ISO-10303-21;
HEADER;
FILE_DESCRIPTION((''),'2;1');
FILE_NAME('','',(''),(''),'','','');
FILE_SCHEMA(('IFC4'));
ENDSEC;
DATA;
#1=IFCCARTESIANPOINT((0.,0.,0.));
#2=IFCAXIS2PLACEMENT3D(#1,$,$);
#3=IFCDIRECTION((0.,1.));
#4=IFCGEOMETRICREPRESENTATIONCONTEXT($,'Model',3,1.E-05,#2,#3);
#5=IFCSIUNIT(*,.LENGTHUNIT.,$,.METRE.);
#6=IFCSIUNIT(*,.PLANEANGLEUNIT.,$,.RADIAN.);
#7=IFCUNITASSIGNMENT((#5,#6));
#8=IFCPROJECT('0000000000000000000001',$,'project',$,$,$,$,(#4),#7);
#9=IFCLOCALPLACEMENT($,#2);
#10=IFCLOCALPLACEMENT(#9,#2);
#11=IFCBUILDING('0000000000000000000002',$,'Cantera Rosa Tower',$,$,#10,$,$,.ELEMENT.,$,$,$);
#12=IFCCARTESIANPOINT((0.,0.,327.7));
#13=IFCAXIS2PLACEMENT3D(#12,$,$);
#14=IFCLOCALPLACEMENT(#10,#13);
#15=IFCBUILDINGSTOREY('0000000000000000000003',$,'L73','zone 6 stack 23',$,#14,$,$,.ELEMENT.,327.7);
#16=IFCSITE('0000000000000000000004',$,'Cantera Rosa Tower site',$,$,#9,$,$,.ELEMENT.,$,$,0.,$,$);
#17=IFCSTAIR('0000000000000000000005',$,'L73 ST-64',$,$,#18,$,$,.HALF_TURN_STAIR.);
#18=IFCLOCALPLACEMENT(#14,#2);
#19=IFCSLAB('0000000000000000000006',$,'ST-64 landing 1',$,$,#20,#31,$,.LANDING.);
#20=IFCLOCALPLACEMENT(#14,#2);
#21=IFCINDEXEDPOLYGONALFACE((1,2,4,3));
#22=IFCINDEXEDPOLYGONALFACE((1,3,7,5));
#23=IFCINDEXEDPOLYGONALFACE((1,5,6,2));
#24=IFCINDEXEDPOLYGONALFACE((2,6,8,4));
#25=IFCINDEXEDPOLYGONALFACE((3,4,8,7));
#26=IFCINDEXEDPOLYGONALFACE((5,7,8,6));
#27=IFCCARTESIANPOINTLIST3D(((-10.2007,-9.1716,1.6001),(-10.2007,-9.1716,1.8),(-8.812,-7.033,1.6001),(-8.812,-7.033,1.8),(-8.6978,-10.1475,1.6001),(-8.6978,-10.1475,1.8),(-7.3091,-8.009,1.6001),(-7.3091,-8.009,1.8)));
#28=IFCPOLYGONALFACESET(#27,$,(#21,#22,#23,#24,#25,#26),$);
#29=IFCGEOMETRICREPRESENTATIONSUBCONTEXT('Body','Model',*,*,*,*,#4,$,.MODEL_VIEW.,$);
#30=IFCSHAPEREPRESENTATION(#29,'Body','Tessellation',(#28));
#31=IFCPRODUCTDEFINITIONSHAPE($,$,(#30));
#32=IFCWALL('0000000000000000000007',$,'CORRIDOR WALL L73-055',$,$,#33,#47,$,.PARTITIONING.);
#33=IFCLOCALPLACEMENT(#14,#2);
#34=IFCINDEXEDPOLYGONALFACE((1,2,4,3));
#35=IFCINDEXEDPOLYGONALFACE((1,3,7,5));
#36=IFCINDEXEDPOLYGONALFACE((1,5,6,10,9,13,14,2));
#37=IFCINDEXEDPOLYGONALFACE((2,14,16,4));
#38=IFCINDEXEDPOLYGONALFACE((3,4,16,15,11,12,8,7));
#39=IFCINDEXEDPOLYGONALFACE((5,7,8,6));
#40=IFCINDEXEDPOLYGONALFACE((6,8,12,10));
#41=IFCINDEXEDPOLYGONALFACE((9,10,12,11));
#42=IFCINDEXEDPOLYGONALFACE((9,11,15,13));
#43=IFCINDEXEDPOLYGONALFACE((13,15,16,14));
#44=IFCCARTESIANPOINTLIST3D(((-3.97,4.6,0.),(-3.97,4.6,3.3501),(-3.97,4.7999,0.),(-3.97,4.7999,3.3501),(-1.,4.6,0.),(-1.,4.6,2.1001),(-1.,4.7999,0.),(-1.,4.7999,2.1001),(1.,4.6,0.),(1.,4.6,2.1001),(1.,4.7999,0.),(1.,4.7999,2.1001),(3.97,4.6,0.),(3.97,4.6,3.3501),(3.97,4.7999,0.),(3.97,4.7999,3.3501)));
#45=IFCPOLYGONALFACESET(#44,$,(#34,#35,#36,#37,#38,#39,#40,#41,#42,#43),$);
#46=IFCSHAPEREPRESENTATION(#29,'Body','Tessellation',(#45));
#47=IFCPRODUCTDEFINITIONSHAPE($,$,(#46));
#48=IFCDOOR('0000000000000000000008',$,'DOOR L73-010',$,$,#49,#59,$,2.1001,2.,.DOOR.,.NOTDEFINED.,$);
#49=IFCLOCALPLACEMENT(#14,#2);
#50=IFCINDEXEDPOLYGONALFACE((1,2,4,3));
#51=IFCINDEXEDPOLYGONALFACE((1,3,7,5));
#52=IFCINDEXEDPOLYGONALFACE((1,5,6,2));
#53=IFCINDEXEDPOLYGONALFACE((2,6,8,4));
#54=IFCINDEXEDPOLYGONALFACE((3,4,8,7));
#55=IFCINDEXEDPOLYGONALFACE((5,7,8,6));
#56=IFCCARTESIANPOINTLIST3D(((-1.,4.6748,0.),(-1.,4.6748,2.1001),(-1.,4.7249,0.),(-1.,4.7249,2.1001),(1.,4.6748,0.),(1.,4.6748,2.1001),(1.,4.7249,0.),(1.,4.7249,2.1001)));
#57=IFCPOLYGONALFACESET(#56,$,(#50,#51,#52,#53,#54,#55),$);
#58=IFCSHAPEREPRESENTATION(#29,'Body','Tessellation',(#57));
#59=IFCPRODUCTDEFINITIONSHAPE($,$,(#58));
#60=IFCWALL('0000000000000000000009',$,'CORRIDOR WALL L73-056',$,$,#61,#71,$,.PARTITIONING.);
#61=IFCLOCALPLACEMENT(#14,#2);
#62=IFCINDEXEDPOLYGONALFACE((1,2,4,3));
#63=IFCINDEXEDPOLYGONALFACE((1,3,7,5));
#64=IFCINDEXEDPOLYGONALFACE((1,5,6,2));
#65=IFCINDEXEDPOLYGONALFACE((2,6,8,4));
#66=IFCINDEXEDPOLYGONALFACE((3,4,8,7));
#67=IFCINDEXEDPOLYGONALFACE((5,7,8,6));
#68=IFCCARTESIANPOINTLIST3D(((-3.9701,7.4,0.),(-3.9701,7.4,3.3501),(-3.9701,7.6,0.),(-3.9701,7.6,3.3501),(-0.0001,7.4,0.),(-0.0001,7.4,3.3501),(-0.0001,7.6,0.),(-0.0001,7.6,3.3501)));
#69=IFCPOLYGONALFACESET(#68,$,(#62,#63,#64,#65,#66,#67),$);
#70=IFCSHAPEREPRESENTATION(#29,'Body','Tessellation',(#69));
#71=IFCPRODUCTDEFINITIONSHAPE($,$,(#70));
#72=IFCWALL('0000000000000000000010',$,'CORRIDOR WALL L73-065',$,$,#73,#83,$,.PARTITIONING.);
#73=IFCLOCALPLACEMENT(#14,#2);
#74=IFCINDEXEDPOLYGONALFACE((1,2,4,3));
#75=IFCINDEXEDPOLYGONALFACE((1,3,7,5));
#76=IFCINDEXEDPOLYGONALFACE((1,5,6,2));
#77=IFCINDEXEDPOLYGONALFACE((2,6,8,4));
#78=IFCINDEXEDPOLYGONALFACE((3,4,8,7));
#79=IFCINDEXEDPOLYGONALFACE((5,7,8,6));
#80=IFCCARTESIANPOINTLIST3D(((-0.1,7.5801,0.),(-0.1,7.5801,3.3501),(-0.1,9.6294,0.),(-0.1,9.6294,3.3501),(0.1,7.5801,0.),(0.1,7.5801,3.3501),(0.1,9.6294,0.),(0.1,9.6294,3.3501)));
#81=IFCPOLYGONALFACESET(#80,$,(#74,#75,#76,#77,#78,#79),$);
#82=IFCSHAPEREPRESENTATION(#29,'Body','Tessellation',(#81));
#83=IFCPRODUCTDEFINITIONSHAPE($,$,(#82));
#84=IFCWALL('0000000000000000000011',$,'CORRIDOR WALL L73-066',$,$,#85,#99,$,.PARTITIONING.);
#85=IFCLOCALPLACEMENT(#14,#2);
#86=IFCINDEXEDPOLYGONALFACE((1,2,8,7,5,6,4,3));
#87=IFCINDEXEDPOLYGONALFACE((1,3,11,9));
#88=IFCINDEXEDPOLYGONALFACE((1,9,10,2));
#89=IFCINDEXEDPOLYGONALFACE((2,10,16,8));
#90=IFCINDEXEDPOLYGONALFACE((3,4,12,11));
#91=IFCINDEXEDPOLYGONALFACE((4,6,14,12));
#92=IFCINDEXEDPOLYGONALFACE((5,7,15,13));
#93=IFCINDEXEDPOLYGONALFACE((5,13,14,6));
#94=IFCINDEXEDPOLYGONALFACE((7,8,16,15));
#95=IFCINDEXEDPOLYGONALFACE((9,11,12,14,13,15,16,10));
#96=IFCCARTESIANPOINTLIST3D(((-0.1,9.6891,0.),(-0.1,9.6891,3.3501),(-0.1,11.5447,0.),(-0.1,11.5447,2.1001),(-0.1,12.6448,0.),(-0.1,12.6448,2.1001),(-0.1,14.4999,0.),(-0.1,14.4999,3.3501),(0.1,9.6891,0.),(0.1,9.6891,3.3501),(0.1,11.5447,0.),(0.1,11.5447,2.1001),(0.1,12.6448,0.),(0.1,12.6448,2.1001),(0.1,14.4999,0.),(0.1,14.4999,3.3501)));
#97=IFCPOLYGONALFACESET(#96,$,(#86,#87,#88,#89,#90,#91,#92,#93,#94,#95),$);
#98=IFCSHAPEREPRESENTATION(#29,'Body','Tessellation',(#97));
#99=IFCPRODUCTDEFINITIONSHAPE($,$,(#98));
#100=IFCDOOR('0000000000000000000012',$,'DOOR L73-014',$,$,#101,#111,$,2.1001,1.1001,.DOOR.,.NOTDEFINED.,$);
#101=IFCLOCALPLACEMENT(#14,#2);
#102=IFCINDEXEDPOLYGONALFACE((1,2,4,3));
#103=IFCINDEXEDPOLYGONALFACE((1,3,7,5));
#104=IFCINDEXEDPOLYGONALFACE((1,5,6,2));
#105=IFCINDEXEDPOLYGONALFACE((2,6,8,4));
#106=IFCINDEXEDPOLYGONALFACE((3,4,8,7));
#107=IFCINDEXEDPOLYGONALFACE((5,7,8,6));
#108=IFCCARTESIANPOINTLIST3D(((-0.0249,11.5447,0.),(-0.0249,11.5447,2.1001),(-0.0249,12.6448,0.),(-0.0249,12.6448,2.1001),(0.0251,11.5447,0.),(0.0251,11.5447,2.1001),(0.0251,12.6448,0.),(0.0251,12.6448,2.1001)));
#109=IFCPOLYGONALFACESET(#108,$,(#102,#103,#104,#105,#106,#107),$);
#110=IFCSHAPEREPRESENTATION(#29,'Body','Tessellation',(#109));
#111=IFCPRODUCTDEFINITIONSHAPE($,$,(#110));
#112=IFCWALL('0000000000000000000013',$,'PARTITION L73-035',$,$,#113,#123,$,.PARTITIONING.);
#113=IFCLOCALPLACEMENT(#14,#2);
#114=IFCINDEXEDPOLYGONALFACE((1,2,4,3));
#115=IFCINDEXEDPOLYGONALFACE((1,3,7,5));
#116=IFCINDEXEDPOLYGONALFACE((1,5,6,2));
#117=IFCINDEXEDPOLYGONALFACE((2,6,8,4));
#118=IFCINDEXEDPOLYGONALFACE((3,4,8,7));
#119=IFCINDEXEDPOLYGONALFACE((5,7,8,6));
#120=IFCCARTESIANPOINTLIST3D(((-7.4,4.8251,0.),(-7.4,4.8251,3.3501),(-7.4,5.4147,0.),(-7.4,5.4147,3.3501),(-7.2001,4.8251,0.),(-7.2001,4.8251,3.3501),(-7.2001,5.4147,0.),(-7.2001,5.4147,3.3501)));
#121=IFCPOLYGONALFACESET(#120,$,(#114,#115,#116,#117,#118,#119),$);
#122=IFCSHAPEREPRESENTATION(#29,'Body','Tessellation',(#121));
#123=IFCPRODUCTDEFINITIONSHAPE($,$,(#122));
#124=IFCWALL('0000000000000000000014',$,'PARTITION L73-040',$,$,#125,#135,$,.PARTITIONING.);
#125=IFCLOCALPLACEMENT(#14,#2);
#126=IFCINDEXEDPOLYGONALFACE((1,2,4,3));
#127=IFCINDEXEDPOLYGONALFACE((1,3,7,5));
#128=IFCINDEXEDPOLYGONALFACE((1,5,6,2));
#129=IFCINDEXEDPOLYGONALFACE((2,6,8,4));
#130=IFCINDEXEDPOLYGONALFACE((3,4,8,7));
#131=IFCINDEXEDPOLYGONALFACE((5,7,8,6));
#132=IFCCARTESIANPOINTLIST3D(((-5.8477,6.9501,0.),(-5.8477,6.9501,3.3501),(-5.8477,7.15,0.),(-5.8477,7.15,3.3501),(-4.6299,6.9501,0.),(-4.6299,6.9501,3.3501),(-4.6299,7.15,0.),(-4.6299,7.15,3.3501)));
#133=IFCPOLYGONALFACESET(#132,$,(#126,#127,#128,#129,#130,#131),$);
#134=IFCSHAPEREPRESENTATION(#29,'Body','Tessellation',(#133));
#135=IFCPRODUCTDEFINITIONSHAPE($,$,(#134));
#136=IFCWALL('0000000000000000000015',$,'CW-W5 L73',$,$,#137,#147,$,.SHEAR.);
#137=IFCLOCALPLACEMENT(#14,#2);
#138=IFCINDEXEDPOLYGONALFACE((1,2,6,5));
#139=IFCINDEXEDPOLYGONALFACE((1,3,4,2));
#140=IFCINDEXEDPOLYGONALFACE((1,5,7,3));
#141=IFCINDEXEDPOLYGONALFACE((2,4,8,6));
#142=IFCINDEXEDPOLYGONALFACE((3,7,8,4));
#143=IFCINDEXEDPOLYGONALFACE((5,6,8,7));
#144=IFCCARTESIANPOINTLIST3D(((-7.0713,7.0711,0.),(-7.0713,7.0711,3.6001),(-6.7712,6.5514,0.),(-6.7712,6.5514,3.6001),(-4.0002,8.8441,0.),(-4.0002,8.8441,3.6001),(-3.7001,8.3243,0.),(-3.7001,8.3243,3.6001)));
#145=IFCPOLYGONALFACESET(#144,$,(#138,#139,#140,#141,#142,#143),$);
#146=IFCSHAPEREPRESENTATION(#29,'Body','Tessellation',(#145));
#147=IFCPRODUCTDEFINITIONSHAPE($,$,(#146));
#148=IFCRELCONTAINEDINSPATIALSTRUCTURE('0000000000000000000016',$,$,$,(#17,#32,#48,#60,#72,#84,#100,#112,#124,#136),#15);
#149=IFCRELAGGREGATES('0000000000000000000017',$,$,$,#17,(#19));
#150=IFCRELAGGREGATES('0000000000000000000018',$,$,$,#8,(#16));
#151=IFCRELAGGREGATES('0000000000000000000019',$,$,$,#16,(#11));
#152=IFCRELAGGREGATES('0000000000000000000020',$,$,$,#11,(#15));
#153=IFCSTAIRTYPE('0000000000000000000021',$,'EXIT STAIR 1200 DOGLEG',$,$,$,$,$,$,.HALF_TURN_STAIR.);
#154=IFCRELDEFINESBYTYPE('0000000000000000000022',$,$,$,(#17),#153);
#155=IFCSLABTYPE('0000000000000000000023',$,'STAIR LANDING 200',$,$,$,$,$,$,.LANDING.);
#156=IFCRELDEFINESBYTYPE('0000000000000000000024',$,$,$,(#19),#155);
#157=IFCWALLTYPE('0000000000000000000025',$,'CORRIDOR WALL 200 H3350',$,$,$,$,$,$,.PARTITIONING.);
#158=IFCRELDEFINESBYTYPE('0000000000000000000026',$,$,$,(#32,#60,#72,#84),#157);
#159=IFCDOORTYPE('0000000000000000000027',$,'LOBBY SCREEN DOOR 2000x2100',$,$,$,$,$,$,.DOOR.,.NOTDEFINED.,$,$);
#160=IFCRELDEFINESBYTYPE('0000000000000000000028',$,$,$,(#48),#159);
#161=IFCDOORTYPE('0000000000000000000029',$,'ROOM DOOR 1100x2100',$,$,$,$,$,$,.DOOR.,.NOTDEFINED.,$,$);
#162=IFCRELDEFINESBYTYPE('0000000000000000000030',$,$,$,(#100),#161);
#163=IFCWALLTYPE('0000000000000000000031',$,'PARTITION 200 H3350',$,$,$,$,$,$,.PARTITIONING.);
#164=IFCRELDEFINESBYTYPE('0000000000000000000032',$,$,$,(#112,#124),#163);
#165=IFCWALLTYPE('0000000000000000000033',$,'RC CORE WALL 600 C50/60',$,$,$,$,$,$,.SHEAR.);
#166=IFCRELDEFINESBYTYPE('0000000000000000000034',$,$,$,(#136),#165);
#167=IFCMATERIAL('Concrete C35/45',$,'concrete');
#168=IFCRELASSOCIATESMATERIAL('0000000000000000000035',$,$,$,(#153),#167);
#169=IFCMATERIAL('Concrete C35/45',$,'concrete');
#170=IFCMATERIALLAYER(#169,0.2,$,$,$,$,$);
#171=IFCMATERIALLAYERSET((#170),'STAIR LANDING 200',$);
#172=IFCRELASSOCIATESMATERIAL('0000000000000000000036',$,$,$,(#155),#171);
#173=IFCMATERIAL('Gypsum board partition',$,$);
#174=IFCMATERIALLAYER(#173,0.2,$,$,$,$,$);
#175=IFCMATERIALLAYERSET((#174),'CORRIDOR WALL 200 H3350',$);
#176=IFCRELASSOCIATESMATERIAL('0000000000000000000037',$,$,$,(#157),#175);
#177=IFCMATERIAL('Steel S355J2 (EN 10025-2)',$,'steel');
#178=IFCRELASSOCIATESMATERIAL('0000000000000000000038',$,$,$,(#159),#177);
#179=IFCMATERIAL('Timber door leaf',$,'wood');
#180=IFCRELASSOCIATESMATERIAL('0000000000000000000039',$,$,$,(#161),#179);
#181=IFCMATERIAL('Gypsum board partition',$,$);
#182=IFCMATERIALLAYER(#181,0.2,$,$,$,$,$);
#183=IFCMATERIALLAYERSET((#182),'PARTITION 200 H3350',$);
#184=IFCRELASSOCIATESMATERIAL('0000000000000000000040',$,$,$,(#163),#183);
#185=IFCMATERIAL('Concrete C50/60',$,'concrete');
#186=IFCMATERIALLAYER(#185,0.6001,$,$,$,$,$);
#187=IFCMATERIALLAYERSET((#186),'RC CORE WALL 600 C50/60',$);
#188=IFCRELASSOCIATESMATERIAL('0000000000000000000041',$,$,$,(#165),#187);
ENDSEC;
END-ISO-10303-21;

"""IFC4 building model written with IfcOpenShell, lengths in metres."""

from ifc_helpers import new_model, si_unit, direction, frame, frame_2d, origin, place, context, subcontext, project, spatial, polyline, rectangle, outline, extrude, material, layer, layer_set, type_object, element, fill, aggregate, save


model = new_model("IFC4")

# Units and contexts
model_context = context("Model", 3, precision=1e-05, world=origin(), true_north=direction((0.0, 1.0)))
body_context = subcontext(model_context, "Body", "Model", "MODEL_VIEW")
ifc_project = project(units=[si_unit("LENGTHUNIT", "METRE"), si_unit("PLANEANGLEUNIT", "RADIAN")], contexts=[model_context])

# Site, building, storey
site_placement = place(None, origin())
site = spatial("IfcSite", under=ifc_project, at=site_placement, Name="Cantera Rosa Tower site", CompositionType="ELEMENT", RefElevation=0.0)
building_placement = place(site_placement, origin())
building = spatial("IfcBuilding", under=site, at=building_placement, Name="Cantera Rosa Tower", CompositionType="ELEMENT")
storey_placement = place(building_placement, frame((0.0, 0.0, 327.7)))
storey = spatial("IfcBuildingStorey", under=building, at=storey_placement, Name="L73", Description="zone 6 stack 23", CompositionType="ELEMENT", Elevation=327.7)

# Stair, slab
ifc_material_1 = material(Name="Concrete C35/45", Category="concrete")
stair_type = type_object("IfcStairType", Name="EXIT STAIR 1200 DOGLEG", PredefinedType="HALF_TURN_STAIR", material=ifc_material_1)
stair_placement = place(storey_placement, origin())
stair = element("IfcStair", 1, at=stair_placement, inside=storey, type_object=stair_type, Name="L73 ST-64", PredefinedType="HALF_TURN_STAIR")
ifc_material_2 = material(Name="Concrete C35/45", Category="concrete")
ifc_layer_1 = layer(ifc_material_2, 0.2)
ifc_layer_set_1 = layer_set([ifc_layer_1], Name="STAIR LANDING 200")
slab_type = type_object("IfcSlabType", Name="STAIR LANDING 200", PredefinedType="LANDING", material=ifc_layer_set_1)
slab_placement = place(storey_placement, frame((0.0, 0.0, 1.6001)))
slab = element("IfcSlab", 2, at=slab_placement, type_object=slab_type, Name="ST-64 landing 1", PredefinedType="LANDING", context=body_context, shape_type="SweptSolid", body=[
    extrude(outline(polyline([(-7.3091, -8.009), (-8.812, -7.033), (-10.2007, -9.1716), (-8.6978, -10.1475), (-7.3091, -8.009)])), origin(), (0.0, 0.0, 1.0), 0.2),
])
aggregate(stair, [slab])

# Wall, opening, door
ifc_material_3 = material(Name="Gypsum board partition")
ifc_layer_2 = layer(ifc_material_3, 0.2)
ifc_layer_set_2 = layer_set([ifc_layer_2], Name="CORRIDOR WALL 200 H3350")
wall_type_1 = type_object("IfcWallType", Name="CORRIDOR WALL 200 H3350", PredefinedType="PARTITIONING", material=ifc_layer_set_2)
wall_1_placement = place(storey_placement, frame((-3.97, 4.7, 0.0), z_axis=(0.0, 0.0, 1.0), x_axis=(1.0, 0.0, 0.0)))
wall_1 = element("IfcWall", 3, at=wall_1_placement, inside=storey, type_object=wall_type_1, Name="CORRIDOR WALL L73-055", PredefinedType="PARTITIONING", context=body_context, shape_type="SweptSolid", body=[
    extrude(rectangle(XDim=7.9399, YDim=0.2, at=frame_2d((3.97, 0.0))), origin(), (0.0, 0.0, 1.0), 3.3501),
])
opening_1_placement = place(wall_1_placement, frame((2.97, 0.0, 0.0)))
opening_1 = element("IfcOpeningElement", 4, at=opening_1_placement, cuts=wall_1, PredefinedType="OPENING", context=body_context, shape_type="SweptSolid", body=[
    extrude(rectangle(XDim=2.0, YDim=2.1001, at=frame_2d((1.0, 1.05))), frame((0.0, 0.1099, 0.0), z_axis=(0.0, -1.0, 0.0), x_axis=(1.0, 0.0, 0.0)), (0.0, 0.0, 1.0), 0.22),
])
ifc_material_4 = material(Name="Steel S355J2 (EN 10025-2)", Category="steel")
door_type_1 = type_object("IfcDoorType", Name="LOBBY SCREEN DOOR 2000x2100", OperationType="NOTDEFINED", PredefinedType="DOOR", material=ifc_material_4)
door_1_placement = place(opening_1_placement, origin())
door_1 = element("IfcDoor", 5, at=door_1_placement, inside=storey, type_object=door_type_1, Name="DOOR L73-010", OperationType="NOTDEFINED", OverallHeight=2.1001, OverallWidth=2.0, PredefinedType="DOOR", context=body_context, shape_type="SweptSolid", body=[
    extrude(rectangle(XDim=2.0, YDim=2.1001, at=frame_2d((1.0, 1.05))), frame((0.0, 0.0249, 0.0), z_axis=(0.0, -1.0, 0.0), x_axis=(1.0, 0.0, 0.0)), (0.0, 0.0, 1.0), 0.05),
])
fill(opening_1, door_1)

# Walls
wall_2_placement = place(storey_placement, frame((-3.97, 7.5, 0.0), z_axis=(0.0, 0.0, 1.0), x_axis=(1.0, 0.0, 0.0)))
element("IfcWall", 6, at=wall_2_placement, inside=storey, type_object=wall_type_1, Name="CORRIDOR WALL L73-056", PredefinedType="PARTITIONING", context=body_context, shape_type="SweptSolid", body=[
    extrude(rectangle(XDim=3.97, YDim=0.2, at=frame_2d((1.9849, 0.0))), origin(), (0.0, 0.0, 1.0), 3.3501),
])
wall_3_placement = place(storey_placement, frame((0.0, 7.5801, 0.0), z_axis=(0.0, 0.0, 1.0), x_axis=(0.0, 1.0, 0.0)))
element("IfcWall", 7, at=wall_3_placement, inside=storey, type_object=wall_type_1, Name="CORRIDOR WALL L73-065", PredefinedType="PARTITIONING", context=body_context, shape_type="SweptSolid", body=[
    extrude(rectangle(XDim=2.0493, YDim=0.2, at=frame_2d((1.0247, 0.0))), origin(), (0.0, 0.0, 1.0), 3.3501),
])

# Wall, opening, door
wall_4_placement = place(storey_placement, frame((0.0, 9.6892, 0.0), z_axis=(0.0, 0.0, 1.0), x_axis=(0.0, 1.0, 0.0)))
wall_4 = element("IfcWall", 8, at=wall_4_placement, inside=storey, type_object=wall_type_1, Name="CORRIDOR WALL L73-066", PredefinedType="PARTITIONING", context=body_context, shape_type="SweptSolid", body=[
    extrude(rectangle(XDim=4.8108, YDim=0.2, at=frame_2d((2.4053, 0.0))), origin(), (0.0, 0.0, 1.0), 3.3501),
])
opening_2_placement = place(wall_4_placement, frame((1.8555, 0.0, 0.0)))
opening_2 = element("IfcOpeningElement", 9, at=opening_2_placement, cuts=wall_4, PredefinedType="OPENING", context=body_context, shape_type="SweptSolid", body=[
    extrude(rectangle(XDim=1.1001, YDim=2.1001, at=frame_2d((0.55, 1.05))), frame((0.0, 0.1099, 0.0), z_axis=(0.0, -1.0, 0.0), x_axis=(1.0, 0.0, 0.0)), (0.0, 0.0, 1.0), 0.22),
])
ifc_material_5 = material(Name="Timber door leaf", Category="wood")
door_type_2 = type_object("IfcDoorType", Name="ROOM DOOR 1100x2100", OperationType="NOTDEFINED", PredefinedType="DOOR", material=ifc_material_5)
door_2_placement = place(opening_2_placement, origin())
door_2 = element("IfcDoor", 10, at=door_2_placement, inside=storey, type_object=door_type_2, Name="DOOR L73-014", OperationType="NOTDEFINED", OverallHeight=2.1001, OverallWidth=1.1001, PredefinedType="DOOR", context=body_context, shape_type="SweptSolid", body=[
    extrude(rectangle(XDim=1.1001, YDim=2.1001, at=frame_2d((0.55, 1.05))), frame((0.0, 0.0249, 0.0), z_axis=(0.0, -1.0, 0.0), x_axis=(1.0, 0.0, 0.0)), (0.0, 0.0, 1.0), 0.05),
])
fill(opening_2, door_2)

# Walls
ifc_material_6 = material(Name="Gypsum board partition")
ifc_layer_3 = layer(ifc_material_6, 0.2)
ifc_layer_set_3 = layer_set([ifc_layer_3], Name="PARTITION 200 H3350")
wall_type_2 = type_object("IfcWallType", Name="PARTITION 200 H3350", PredefinedType="PARTITIONING", material=ifc_layer_set_3)
wall_5_placement = place(storey_placement, frame((-7.3, 4.825, 0.0), z_axis=(0.0, 0.0, 1.0), x_axis=(0.0, 1.0, 0.0)))
element("IfcWall", 11, at=wall_5_placement, inside=storey, type_object=wall_type_2, Name="PARTITION L73-035", PredefinedType="PARTITIONING", context=body_context, shape_type="SweptSolid", body=[
    extrude(rectangle(XDim=0.5896, YDim=0.2, at=frame_2d((0.2949, 0.0))), origin(), (0.0, 0.0, 1.0), 3.3501),
])
wall_6_placement = place(storey_placement, frame((-5.8477, 7.05, 0.0), z_axis=(0.0, 0.0, 1.0), x_axis=(1.0, 0.0, 0.0)))
element("IfcWall", 12, at=wall_6_placement, inside=storey, type_object=wall_type_2, Name="PARTITION L73-040", PredefinedType="PARTITIONING", context=body_context, shape_type="SweptSolid", body=[
    extrude(rectangle(XDim=1.2178, YDim=0.2, at=frame_2d((0.6089, 0.0))), origin(), (0.0, 0.0, 1.0), 3.3501),
])
ifc_material_7 = material(Name="Concrete C50/60", Category="concrete")
ifc_layer_4 = layer(ifc_material_7, 0.6001)
ifc_layer_set_4 = layer_set([ifc_layer_4], Name="RC CORE WALL 600 C50/60")
wall_type_3 = type_object("IfcWallType", Name="RC CORE WALL 600 C50/60", PredefinedType="SHEAR", material=ifc_layer_set_4)
wall_7_placement = place(storey_placement, frame((-6.9211, 6.8113, 0.0), z_axis=(0.0, 0.0, 1.0), x_axis=(0.86604, 0.499975, 0.0)))
element("IfcWall", 13, at=wall_7_placement, inside=storey, type_object=wall_type_3, Name="CW-W5 L73", PredefinedType="SHEAR", context=body_context, shape_type="SweptSolid", body=[
    extrude(rectangle(XDim=3.5461, YDim=0.6001, at=frame_2d((1.7729, 0.0))), origin(), (0.0, 0.0, 1.0), 3.6001),
])

save(model, "model.ifc")
